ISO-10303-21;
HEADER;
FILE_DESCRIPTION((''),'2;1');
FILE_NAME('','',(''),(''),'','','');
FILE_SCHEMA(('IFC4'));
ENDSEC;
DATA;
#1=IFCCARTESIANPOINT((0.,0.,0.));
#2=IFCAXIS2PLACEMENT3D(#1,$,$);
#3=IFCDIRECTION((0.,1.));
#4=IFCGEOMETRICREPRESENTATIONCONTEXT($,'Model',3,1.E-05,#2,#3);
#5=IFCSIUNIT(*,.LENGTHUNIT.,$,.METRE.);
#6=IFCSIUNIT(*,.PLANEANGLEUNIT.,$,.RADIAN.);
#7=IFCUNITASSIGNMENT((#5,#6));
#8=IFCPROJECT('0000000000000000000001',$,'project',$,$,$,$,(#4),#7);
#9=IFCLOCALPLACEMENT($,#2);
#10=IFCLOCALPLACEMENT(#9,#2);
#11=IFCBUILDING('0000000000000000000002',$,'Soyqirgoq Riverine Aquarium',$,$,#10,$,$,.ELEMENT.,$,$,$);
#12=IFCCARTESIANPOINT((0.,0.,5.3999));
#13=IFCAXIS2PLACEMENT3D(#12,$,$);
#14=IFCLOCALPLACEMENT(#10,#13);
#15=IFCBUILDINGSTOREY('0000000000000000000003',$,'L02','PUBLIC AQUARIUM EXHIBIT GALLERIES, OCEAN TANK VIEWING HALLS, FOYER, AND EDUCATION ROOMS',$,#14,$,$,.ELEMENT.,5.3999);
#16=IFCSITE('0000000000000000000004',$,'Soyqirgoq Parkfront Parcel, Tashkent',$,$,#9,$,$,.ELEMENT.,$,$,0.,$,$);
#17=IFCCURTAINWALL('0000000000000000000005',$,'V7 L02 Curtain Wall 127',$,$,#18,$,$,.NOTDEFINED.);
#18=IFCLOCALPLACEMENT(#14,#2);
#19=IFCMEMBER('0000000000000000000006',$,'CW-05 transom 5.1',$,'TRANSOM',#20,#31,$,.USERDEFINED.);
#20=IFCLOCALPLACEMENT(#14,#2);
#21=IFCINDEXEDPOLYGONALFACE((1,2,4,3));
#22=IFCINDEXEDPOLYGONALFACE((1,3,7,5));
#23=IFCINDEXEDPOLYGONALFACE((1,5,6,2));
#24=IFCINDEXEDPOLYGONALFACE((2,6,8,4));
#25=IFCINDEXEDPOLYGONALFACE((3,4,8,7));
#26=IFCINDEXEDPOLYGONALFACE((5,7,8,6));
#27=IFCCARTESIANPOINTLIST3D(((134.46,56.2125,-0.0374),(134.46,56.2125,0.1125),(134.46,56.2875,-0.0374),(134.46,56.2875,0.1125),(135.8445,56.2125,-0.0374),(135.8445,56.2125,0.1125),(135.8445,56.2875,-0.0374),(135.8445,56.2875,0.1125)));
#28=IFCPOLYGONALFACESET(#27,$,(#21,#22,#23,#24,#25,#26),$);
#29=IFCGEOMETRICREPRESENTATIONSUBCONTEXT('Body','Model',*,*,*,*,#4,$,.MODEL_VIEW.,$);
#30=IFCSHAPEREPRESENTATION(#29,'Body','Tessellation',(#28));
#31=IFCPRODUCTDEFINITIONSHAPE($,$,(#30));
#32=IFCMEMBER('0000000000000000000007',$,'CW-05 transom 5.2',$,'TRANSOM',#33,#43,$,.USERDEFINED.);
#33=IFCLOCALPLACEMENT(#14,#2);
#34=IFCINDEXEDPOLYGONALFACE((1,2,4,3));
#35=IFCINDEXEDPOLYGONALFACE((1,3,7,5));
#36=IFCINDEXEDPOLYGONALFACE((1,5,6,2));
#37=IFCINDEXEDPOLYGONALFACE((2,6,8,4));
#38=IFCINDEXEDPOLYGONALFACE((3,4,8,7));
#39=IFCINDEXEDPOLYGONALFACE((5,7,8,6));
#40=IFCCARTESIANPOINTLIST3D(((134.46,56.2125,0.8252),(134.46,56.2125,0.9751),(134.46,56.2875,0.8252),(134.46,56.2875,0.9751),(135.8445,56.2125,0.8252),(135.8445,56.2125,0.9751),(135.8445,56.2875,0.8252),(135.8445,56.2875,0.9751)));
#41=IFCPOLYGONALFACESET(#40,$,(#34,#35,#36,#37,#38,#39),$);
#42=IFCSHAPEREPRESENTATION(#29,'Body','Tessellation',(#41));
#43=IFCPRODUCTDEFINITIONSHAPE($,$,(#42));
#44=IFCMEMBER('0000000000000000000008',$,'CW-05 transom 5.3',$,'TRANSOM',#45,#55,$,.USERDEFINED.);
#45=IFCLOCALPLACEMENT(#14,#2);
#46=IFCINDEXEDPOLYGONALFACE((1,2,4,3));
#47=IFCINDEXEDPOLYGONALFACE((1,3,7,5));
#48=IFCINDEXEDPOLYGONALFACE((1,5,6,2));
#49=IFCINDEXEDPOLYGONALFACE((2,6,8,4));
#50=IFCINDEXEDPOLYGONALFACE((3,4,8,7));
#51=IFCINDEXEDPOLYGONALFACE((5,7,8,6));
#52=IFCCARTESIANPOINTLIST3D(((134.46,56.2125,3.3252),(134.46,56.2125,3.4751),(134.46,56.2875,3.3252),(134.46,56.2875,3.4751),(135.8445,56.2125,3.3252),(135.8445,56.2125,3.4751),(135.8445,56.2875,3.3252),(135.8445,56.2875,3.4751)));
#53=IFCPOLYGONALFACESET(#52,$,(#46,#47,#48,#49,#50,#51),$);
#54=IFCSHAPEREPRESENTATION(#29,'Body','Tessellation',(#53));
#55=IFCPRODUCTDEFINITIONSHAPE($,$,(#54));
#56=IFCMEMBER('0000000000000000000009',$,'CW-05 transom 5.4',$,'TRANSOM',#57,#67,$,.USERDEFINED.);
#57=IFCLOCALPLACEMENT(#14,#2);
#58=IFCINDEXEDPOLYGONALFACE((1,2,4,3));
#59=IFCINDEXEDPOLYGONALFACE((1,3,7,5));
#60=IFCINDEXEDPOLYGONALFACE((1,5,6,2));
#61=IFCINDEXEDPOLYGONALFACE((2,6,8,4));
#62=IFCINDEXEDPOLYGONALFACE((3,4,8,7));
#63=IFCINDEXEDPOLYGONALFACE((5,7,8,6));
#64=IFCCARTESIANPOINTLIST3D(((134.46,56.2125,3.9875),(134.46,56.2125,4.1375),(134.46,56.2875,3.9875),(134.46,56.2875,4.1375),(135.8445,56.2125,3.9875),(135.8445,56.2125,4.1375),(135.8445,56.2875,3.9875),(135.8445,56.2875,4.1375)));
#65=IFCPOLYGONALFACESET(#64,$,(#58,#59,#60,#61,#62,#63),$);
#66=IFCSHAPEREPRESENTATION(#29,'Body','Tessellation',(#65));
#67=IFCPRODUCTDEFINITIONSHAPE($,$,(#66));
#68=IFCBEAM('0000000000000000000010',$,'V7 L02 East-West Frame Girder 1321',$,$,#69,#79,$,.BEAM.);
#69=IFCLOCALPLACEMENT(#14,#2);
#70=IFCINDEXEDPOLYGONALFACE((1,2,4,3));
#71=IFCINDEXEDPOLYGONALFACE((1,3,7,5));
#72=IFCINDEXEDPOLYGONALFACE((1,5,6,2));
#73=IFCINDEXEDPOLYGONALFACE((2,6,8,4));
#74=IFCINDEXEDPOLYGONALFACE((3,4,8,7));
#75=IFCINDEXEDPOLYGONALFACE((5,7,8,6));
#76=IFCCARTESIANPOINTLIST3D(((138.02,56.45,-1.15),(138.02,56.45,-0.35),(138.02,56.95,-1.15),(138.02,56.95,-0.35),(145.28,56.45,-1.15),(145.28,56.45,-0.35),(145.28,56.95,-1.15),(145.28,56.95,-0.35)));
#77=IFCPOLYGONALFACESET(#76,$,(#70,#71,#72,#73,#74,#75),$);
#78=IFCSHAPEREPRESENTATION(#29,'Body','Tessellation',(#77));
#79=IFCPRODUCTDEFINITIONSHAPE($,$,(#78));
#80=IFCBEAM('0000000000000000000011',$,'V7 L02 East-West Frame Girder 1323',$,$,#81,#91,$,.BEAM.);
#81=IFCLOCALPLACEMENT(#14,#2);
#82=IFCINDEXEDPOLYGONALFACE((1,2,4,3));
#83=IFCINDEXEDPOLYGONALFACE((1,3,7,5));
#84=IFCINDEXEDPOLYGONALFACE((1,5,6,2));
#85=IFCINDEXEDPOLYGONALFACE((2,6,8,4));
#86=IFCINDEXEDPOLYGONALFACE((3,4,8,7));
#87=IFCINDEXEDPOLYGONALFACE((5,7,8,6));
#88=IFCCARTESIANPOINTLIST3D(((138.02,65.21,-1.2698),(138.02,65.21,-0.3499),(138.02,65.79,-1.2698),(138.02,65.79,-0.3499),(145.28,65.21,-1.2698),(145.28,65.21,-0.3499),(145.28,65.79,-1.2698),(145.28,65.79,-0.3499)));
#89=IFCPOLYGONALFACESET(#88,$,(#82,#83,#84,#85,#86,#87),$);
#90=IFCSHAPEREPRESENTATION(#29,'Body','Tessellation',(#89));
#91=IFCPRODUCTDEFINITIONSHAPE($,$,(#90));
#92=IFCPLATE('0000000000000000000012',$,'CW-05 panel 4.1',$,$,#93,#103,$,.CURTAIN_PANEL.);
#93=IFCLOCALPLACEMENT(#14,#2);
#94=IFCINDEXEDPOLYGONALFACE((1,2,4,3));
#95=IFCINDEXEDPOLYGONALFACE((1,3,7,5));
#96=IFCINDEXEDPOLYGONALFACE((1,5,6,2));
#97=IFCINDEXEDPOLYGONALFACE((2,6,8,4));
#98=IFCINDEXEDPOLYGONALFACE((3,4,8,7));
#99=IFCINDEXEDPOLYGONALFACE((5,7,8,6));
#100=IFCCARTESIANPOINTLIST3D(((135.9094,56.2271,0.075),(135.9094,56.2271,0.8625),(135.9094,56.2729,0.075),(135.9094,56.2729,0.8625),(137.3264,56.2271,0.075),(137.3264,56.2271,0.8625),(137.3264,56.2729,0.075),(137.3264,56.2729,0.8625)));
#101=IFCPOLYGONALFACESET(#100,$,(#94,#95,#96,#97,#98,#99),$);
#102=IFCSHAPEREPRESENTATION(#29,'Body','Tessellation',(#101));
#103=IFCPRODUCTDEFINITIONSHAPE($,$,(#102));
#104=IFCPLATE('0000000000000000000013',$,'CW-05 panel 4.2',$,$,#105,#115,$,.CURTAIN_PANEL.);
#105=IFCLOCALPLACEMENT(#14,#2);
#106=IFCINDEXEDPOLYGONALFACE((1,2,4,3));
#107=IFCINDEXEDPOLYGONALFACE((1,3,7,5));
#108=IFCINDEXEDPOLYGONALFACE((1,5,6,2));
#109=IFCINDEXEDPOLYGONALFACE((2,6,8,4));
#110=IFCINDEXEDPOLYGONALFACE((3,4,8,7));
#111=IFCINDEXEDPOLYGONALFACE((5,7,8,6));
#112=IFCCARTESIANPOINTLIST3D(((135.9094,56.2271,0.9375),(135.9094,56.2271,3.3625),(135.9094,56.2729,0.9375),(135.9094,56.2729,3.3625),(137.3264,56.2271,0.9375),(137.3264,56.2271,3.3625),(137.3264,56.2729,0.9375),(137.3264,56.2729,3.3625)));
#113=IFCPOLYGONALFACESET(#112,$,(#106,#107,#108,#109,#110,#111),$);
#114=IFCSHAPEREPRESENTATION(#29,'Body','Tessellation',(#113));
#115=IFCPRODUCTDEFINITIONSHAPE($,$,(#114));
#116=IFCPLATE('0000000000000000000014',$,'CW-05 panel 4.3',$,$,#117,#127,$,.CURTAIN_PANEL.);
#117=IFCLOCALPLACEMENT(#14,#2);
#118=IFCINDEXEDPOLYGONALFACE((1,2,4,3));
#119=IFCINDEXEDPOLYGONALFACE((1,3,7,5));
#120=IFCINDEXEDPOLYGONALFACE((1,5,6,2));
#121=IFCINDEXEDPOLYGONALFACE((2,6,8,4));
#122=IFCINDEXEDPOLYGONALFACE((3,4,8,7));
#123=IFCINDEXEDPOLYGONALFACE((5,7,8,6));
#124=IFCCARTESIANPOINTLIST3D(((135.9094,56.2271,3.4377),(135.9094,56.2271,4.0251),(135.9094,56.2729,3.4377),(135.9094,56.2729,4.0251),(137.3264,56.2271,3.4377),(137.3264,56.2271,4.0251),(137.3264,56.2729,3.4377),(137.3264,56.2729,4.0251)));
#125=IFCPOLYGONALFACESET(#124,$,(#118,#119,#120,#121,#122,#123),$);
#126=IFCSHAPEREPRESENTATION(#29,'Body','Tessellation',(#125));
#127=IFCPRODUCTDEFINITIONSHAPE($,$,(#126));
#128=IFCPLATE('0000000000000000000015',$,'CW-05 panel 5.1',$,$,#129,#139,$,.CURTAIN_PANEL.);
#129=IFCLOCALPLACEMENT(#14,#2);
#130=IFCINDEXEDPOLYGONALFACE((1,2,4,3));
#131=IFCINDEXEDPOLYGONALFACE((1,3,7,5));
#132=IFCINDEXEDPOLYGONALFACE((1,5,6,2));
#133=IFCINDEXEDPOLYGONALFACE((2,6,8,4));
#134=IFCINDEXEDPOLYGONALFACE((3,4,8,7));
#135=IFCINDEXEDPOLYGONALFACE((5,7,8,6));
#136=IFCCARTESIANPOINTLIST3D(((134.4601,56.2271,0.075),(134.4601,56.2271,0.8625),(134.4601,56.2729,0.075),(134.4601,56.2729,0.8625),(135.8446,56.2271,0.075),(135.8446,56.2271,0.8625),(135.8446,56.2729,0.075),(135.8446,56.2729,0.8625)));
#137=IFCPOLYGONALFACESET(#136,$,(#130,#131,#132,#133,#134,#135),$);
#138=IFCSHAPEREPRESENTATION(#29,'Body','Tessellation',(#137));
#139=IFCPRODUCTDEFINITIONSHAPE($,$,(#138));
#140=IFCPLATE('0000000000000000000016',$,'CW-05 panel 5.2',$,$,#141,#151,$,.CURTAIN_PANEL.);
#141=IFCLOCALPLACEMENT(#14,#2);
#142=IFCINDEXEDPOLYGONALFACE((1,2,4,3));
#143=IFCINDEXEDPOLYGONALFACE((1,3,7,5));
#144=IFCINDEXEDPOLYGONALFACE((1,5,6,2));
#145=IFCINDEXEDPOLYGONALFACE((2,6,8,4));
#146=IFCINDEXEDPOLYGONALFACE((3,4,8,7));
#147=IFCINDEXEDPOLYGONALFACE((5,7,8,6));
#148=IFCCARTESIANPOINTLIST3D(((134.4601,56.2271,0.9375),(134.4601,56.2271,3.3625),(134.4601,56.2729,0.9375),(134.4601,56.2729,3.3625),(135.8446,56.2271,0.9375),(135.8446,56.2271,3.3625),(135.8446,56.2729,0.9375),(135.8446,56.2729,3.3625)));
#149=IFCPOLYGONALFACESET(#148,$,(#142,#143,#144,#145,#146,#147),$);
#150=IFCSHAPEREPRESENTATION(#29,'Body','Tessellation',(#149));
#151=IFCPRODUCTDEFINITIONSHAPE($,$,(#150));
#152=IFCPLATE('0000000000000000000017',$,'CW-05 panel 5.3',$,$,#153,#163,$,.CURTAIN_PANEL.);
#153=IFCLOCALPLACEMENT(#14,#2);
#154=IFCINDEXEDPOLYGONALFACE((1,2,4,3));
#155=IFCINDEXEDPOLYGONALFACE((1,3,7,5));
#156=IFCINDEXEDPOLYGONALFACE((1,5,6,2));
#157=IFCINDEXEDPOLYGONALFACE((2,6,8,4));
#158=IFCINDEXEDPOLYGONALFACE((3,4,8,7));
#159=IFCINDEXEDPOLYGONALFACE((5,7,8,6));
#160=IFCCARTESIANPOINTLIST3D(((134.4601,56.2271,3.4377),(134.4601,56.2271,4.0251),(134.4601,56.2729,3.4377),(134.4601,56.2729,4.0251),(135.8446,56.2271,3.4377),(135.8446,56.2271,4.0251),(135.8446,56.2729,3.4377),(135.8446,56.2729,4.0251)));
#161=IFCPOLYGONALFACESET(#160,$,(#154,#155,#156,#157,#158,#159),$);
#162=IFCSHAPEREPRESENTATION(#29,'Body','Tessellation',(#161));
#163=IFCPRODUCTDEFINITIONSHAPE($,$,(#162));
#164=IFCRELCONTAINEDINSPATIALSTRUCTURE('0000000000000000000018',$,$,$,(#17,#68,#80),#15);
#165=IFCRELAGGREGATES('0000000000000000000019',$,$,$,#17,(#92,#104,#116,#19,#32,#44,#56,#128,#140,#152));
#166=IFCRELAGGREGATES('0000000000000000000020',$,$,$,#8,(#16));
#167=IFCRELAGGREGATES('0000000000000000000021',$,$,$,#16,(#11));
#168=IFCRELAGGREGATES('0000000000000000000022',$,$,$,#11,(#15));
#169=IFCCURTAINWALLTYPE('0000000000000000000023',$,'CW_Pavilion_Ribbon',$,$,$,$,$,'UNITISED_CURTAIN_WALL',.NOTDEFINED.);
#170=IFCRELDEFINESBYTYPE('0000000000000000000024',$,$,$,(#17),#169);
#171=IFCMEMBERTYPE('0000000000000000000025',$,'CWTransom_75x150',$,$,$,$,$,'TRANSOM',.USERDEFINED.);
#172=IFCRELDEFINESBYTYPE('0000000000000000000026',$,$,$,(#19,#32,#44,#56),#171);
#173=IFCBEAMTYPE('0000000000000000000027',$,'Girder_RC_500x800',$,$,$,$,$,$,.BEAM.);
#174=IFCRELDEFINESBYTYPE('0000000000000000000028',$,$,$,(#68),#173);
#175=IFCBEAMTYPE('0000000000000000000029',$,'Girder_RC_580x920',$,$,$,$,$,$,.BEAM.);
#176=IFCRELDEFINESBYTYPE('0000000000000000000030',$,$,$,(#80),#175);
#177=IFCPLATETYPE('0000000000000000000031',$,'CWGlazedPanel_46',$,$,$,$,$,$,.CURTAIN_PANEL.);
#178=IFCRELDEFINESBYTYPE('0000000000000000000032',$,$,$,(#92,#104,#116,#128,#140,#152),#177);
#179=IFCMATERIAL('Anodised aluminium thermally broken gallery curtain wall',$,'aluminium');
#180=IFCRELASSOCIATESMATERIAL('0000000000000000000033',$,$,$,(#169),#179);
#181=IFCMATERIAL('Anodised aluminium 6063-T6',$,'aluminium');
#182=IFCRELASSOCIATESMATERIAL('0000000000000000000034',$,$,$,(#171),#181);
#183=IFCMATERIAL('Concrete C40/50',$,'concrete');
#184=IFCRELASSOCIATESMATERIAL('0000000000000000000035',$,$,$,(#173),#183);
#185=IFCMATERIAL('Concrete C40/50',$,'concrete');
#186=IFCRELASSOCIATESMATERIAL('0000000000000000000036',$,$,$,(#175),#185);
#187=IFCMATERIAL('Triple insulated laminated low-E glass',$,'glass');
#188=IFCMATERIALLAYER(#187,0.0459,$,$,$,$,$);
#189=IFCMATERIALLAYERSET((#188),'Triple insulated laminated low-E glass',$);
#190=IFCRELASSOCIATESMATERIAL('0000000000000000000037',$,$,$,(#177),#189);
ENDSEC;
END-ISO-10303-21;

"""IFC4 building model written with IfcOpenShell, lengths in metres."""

from ifc_helpers import new_model, si_unit, direction, frame, origin, origin_2d, place, context, subcontext, project, spatial, rectangle, extrude, material, layer, layer_set, material_profile, profile_set, type_object, element, aggregate, save


model = new_model("IFC4")

# Units and contexts
model_context = context("Model", 3, precision=1e-05, world=origin(), true_north=direction((0.0, 1.0)))
body_context = subcontext(model_context, "Body", "Model", "MODEL_VIEW")
ifc_project = project(units=[si_unit("LENGTHUNIT", "METRE"), si_unit("PLANEANGLEUNIT", "RADIAN")], contexts=[model_context])

# Site, building, storey
site_placement = place(None, origin())
site = spatial("IfcSite", under=ifc_project, at=site_placement, Name="Soyqirgoq Parkfront Parcel, Tashkent", CompositionType="ELEMENT", RefElevation=0.0)
building_placement = place(site_placement, origin())
building = spatial("IfcBuilding", under=site, at=building_placement, Name="Soyqirgoq Riverine Aquarium", CompositionType="ELEMENT")
storey_placement = place(building_placement, frame((0.0, 0.0, 5.3999)))
storey = spatial("IfcBuildingStorey", under=building, at=storey_placement, Name="L02", Description="PUBLIC AQUARIUM EXHIBIT GALLERIES, OCEAN TANK VIEWING HALLS, FOYER, AND EDUCATION ROOMS", CompositionType="ELEMENT", Elevation=5.3999)

# Curtain wall
ifc_material_1 = material(Name="Anodised aluminium thermally broken gallery curtain wall", Category="aluminium")
curtain_wall_type = type_object("IfcCurtainWallType", Name="CW_Pavilion_Ribbon", ElementType="UNITISED_CURTAIN_WALL", PredefinedType="NOTDEFINED", material=ifc_material_1)
curtain_wall_1_placement = place(storey_placement, origin())
curtain_wall_1 = element("IfcCurtainWall", 1, at=curtain_wall_1_placement, inside=storey, type_object=curtain_wall_type, Name="V7 L02 Curtain Wall 127", PredefinedType="NOTDEFINED")

# Members
ifc_material_2 = material(Name="Anodised aluminium 6063-T6", Category="aluminium")
ifc_material_profile_1 = material_profile(ifc_material_2, rectangle(XDim=0.075, YDim=0.1499, at=origin_2d()), Name="ALU-T 75x150")
ifc_profile_set_1 = profile_set([ifc_material_profile_1], Name="Anodised aluminium 6063-T6")
member_type_1 = type_object("IfcMemberType", Name="CWTransom_75x150", ElementType="TRANSOM", PredefinedType="USERDEFINED", material=ifc_profile_set_1)
member_1_placement = place(storey_placement, frame((135.8445, 56.25, 0.0376), z_axis=(-1.0, 0.0, 0.0), x_axis=(0.0, -1.0, 0.0)))
member_1 = element("IfcMember", 2, at=member_1_placement, type_object=member_type_1, Name="CW-05 transom 5.1", ObjectType="TRANSOM", PredefinedType="USERDEFINED", context=body_context, shape_type="SweptSolid", body=[
    extrude(rectangle(XDim=0.075, YDim=0.1499, at=origin_2d()), origin(), (0.0, 0.0, 1.0), 1.3845),
])
member_2_placement = place(storey_placement, frame((135.8445, 56.25, 0.9001), z_axis=(-1.0, 0.0, 0.0), x_axis=(0.0, -1.0, 0.0)))
member_2 = element("IfcMember", 3, at=member_2_placement, type_object=member_type_1, Name="CW-05 transom 5.2", ObjectType="TRANSOM", PredefinedType="USERDEFINED", context=body_context, shape_type="SweptSolid", body=[
    extrude(rectangle(XDim=0.075, YDim=0.1499, at=origin_2d()), origin(), (0.0, 0.0, 1.0), 1.3845),
])
member_3_placement = place(storey_placement, frame((135.8445, 56.25, 3.4001), z_axis=(-1.0, 0.0, 0.0), x_axis=(0.0, -1.0, 0.0)))
member_3 = element("IfcMember", 4, at=member_3_placement, type_object=member_type_1, Name="CW-05 transom 5.3", ObjectType="TRANSOM", PredefinedType="USERDEFINED", context=body_context, shape_type="SweptSolid", body=[
    extrude(rectangle(XDim=0.075, YDim=0.1499, at=origin_2d()), origin(), (0.0, 0.0, 1.0), 1.3845),
])
member_4_placement = place(storey_placement, frame((135.8445, 56.25, 4.0625), z_axis=(-1.0, 0.0, 0.0), x_axis=(0.0, -1.0, 0.0)))
member_4 = element("IfcMember", 5, at=member_4_placement, type_object=member_type_1, Name="CW-05 transom 5.4", ObjectType="TRANSOM", PredefinedType="USERDEFINED", context=body_context, shape_type="SweptSolid", body=[
    extrude(rectangle(XDim=0.075, YDim=0.1499, at=origin_2d()), origin(), (0.0, 0.0, 1.0), 1.3845),
])

# Beams
ifc_material_3 = material(Name="Concrete C40/50", Category="concrete")
ifc_material_profile_2 = material_profile(ifc_material_3, rectangle(XDim=0.5, YDim=0.8, at=origin_2d()), Name="RC 500x800")
ifc_profile_set_2 = profile_set([ifc_material_profile_2], Name="Concrete C40/50")
beam_type_1 = type_object("IfcBeamType", Name="Girder_RC_500x800", PredefinedType="BEAM", material=ifc_profile_set_2)
beam_1_placement = place(storey_placement, frame((138.02, 56.7, -0.75), z_axis=(1.0, 0.0, 0.0), x_axis=(0.0, 1.0, 0.0)))
element("IfcBeam", 6, at=beam_1_placement, inside=storey, type_object=beam_type_1, Name="V7 L02 East-West Frame Girder 1321", PredefinedType="BEAM", context=body_context, shape_type="SweptSolid", body=[
    extrude(rectangle(XDim=0.5, YDim=0.8, at=origin_2d()), origin(), (0.0, 0.0, 1.0), 7.26),
])
ifc_material_4 = material(Name="Concrete C40/50", Category="concrete")
ifc_material_profile_3 = material_profile(ifc_material_4, rectangle(XDim=0.5801, YDim=0.9199, at=origin_2d()), Name="RC 580x920")
ifc_profile_set_3 = profile_set([ifc_material_profile_3], Name="Concrete C40/50")
beam_type_2 = type_object("IfcBeamType", Name="Girder_RC_580x920", PredefinedType="BEAM", material=ifc_profile_set_3)
beam_2_placement = place(storey_placement, frame((138.02, 65.5, -0.8098), z_axis=(1.0, 0.0, 0.0), x_axis=(0.0, 1.0, 0.0)))
element("IfcBeam", 7, at=beam_2_placement, inside=storey, type_object=beam_type_2, Name="V7 L02 East-West Frame Girder 1323", PredefinedType="BEAM", context=body_context, shape_type="SweptSolid", body=[
    extrude(rectangle(XDim=0.5801, YDim=0.9199, at=origin_2d()), origin(), (0.0, 0.0, 1.0), 7.26),
])

# Plates
ifc_material_5 = material(Name="Triple insulated laminated low-E glass", Category="glass")
ifc_layer = layer(ifc_material_5, 0.0459)
ifc_layer_set = layer_set([ifc_layer], Name="Triple insulated laminated low-E glass")
plate_type = type_object("IfcPlateType", Name="CWGlazedPanel_46", PredefinedType="CURTAIN_PANEL", material=ifc_layer_set)
plate_1_placement = place(storey_placement, frame((136.6179, 56.25, 0.075), z_axis=(0.0, 0.0, 1.0), x_axis=(-1.0, 0.0, 0.0)))
plate_1 = element("IfcPlate", 8, at=plate_1_placement, type_object=plate_type, Name="CW-05 panel 4.1", PredefinedType="CURTAIN_PANEL", context=body_context, shape_type="SweptSolid", body=[
    extrude(rectangle(XDim=1.417, YDim=0.0459, at=origin_2d()), origin(), (0.0, 0.0, 1.0), 0.7876),
])
plate_2_placement = place(storey_placement, frame((136.6179, 56.25, 0.9375), z_axis=(0.0, 0.0, 1.0), x_axis=(-1.0, 0.0, 0.0)))
plate_2 = element("IfcPlate", 9, at=plate_2_placement, type_object=plate_type, Name="CW-05 panel 4.2", PredefinedType="CURTAIN_PANEL", context=body_context, shape_type="SweptSolid", body=[
    extrude(rectangle(XDim=1.417, YDim=0.0459, at=origin_2d()), origin(), (0.0, 0.0, 1.0), 2.425),
])
plate_3_placement = place(storey_placement, frame((136.6179, 56.25, 3.4377), z_axis=(0.0, 0.0, 1.0), x_axis=(-1.0, 0.0, 0.0)))
plate_3 = element("IfcPlate", 10, at=plate_3_placement, type_object=plate_type, Name="CW-05 panel 4.3", PredefinedType="CURTAIN_PANEL", context=body_context, shape_type="SweptSolid", body=[
    extrude(rectangle(XDim=1.417, YDim=0.0459, at=origin_2d()), origin(), (0.0, 0.0, 1.0), 0.5874),
])
plate_4_placement = place(storey_placement, frame((135.1523, 56.25, 0.075), z_axis=(0.0, 0.0, 1.0), x_axis=(-1.0, 0.0, 0.0)))
plate_4 = element("IfcPlate", 11, at=plate_4_placement, type_object=plate_type, Name="CW-05 panel 5.1", PredefinedType="CURTAIN_PANEL", context=body_context, shape_type="SweptSolid", body=[
    extrude(rectangle(XDim=1.3845, YDim=0.0459, at=origin_2d()), origin(), (0.0, 0.0, 1.0), 0.7876),
])
plate_5_placement = place(storey_placement, frame((135.1523, 56.25, 0.9375), z_axis=(0.0, 0.0, 1.0), x_axis=(-1.0, 0.0, 0.0)))
plate_5 = element("IfcPlate", 12, at=plate_5_placement, type_object=plate_type, Name="CW-05 panel 5.2", PredefinedType="CURTAIN_PANEL", context=body_context, shape_type="SweptSolid", body=[
    extrude(rectangle(XDim=1.3845, YDim=0.0459, at=origin_2d()), origin(), (0.0, 0.0, 1.0), 2.425),
])
plate_6_placement = place(storey_placement, frame((135.1523, 56.25, 3.4377), z_axis=(0.0, 0.0, 1.0), x_axis=(-1.0, 0.0, 0.0)))
plate_6 = element("IfcPlate", 13, at=plate_6_placement, type_object=plate_type, Name="CW-05 panel 5.3", PredefinedType="CURTAIN_PANEL", context=body_context, shape_type="SweptSolid", body=[
    extrude(rectangle(XDim=1.3845, YDim=0.0459, at=origin_2d()), origin(), (0.0, 0.0, 1.0), 0.5874),
])
aggregate(curtain_wall_1, [plate_1, plate_2, plate_3, member_1, member_2, member_3, member_4, plate_4, plate_5, plate_6])

save(model, "model.ifc")
